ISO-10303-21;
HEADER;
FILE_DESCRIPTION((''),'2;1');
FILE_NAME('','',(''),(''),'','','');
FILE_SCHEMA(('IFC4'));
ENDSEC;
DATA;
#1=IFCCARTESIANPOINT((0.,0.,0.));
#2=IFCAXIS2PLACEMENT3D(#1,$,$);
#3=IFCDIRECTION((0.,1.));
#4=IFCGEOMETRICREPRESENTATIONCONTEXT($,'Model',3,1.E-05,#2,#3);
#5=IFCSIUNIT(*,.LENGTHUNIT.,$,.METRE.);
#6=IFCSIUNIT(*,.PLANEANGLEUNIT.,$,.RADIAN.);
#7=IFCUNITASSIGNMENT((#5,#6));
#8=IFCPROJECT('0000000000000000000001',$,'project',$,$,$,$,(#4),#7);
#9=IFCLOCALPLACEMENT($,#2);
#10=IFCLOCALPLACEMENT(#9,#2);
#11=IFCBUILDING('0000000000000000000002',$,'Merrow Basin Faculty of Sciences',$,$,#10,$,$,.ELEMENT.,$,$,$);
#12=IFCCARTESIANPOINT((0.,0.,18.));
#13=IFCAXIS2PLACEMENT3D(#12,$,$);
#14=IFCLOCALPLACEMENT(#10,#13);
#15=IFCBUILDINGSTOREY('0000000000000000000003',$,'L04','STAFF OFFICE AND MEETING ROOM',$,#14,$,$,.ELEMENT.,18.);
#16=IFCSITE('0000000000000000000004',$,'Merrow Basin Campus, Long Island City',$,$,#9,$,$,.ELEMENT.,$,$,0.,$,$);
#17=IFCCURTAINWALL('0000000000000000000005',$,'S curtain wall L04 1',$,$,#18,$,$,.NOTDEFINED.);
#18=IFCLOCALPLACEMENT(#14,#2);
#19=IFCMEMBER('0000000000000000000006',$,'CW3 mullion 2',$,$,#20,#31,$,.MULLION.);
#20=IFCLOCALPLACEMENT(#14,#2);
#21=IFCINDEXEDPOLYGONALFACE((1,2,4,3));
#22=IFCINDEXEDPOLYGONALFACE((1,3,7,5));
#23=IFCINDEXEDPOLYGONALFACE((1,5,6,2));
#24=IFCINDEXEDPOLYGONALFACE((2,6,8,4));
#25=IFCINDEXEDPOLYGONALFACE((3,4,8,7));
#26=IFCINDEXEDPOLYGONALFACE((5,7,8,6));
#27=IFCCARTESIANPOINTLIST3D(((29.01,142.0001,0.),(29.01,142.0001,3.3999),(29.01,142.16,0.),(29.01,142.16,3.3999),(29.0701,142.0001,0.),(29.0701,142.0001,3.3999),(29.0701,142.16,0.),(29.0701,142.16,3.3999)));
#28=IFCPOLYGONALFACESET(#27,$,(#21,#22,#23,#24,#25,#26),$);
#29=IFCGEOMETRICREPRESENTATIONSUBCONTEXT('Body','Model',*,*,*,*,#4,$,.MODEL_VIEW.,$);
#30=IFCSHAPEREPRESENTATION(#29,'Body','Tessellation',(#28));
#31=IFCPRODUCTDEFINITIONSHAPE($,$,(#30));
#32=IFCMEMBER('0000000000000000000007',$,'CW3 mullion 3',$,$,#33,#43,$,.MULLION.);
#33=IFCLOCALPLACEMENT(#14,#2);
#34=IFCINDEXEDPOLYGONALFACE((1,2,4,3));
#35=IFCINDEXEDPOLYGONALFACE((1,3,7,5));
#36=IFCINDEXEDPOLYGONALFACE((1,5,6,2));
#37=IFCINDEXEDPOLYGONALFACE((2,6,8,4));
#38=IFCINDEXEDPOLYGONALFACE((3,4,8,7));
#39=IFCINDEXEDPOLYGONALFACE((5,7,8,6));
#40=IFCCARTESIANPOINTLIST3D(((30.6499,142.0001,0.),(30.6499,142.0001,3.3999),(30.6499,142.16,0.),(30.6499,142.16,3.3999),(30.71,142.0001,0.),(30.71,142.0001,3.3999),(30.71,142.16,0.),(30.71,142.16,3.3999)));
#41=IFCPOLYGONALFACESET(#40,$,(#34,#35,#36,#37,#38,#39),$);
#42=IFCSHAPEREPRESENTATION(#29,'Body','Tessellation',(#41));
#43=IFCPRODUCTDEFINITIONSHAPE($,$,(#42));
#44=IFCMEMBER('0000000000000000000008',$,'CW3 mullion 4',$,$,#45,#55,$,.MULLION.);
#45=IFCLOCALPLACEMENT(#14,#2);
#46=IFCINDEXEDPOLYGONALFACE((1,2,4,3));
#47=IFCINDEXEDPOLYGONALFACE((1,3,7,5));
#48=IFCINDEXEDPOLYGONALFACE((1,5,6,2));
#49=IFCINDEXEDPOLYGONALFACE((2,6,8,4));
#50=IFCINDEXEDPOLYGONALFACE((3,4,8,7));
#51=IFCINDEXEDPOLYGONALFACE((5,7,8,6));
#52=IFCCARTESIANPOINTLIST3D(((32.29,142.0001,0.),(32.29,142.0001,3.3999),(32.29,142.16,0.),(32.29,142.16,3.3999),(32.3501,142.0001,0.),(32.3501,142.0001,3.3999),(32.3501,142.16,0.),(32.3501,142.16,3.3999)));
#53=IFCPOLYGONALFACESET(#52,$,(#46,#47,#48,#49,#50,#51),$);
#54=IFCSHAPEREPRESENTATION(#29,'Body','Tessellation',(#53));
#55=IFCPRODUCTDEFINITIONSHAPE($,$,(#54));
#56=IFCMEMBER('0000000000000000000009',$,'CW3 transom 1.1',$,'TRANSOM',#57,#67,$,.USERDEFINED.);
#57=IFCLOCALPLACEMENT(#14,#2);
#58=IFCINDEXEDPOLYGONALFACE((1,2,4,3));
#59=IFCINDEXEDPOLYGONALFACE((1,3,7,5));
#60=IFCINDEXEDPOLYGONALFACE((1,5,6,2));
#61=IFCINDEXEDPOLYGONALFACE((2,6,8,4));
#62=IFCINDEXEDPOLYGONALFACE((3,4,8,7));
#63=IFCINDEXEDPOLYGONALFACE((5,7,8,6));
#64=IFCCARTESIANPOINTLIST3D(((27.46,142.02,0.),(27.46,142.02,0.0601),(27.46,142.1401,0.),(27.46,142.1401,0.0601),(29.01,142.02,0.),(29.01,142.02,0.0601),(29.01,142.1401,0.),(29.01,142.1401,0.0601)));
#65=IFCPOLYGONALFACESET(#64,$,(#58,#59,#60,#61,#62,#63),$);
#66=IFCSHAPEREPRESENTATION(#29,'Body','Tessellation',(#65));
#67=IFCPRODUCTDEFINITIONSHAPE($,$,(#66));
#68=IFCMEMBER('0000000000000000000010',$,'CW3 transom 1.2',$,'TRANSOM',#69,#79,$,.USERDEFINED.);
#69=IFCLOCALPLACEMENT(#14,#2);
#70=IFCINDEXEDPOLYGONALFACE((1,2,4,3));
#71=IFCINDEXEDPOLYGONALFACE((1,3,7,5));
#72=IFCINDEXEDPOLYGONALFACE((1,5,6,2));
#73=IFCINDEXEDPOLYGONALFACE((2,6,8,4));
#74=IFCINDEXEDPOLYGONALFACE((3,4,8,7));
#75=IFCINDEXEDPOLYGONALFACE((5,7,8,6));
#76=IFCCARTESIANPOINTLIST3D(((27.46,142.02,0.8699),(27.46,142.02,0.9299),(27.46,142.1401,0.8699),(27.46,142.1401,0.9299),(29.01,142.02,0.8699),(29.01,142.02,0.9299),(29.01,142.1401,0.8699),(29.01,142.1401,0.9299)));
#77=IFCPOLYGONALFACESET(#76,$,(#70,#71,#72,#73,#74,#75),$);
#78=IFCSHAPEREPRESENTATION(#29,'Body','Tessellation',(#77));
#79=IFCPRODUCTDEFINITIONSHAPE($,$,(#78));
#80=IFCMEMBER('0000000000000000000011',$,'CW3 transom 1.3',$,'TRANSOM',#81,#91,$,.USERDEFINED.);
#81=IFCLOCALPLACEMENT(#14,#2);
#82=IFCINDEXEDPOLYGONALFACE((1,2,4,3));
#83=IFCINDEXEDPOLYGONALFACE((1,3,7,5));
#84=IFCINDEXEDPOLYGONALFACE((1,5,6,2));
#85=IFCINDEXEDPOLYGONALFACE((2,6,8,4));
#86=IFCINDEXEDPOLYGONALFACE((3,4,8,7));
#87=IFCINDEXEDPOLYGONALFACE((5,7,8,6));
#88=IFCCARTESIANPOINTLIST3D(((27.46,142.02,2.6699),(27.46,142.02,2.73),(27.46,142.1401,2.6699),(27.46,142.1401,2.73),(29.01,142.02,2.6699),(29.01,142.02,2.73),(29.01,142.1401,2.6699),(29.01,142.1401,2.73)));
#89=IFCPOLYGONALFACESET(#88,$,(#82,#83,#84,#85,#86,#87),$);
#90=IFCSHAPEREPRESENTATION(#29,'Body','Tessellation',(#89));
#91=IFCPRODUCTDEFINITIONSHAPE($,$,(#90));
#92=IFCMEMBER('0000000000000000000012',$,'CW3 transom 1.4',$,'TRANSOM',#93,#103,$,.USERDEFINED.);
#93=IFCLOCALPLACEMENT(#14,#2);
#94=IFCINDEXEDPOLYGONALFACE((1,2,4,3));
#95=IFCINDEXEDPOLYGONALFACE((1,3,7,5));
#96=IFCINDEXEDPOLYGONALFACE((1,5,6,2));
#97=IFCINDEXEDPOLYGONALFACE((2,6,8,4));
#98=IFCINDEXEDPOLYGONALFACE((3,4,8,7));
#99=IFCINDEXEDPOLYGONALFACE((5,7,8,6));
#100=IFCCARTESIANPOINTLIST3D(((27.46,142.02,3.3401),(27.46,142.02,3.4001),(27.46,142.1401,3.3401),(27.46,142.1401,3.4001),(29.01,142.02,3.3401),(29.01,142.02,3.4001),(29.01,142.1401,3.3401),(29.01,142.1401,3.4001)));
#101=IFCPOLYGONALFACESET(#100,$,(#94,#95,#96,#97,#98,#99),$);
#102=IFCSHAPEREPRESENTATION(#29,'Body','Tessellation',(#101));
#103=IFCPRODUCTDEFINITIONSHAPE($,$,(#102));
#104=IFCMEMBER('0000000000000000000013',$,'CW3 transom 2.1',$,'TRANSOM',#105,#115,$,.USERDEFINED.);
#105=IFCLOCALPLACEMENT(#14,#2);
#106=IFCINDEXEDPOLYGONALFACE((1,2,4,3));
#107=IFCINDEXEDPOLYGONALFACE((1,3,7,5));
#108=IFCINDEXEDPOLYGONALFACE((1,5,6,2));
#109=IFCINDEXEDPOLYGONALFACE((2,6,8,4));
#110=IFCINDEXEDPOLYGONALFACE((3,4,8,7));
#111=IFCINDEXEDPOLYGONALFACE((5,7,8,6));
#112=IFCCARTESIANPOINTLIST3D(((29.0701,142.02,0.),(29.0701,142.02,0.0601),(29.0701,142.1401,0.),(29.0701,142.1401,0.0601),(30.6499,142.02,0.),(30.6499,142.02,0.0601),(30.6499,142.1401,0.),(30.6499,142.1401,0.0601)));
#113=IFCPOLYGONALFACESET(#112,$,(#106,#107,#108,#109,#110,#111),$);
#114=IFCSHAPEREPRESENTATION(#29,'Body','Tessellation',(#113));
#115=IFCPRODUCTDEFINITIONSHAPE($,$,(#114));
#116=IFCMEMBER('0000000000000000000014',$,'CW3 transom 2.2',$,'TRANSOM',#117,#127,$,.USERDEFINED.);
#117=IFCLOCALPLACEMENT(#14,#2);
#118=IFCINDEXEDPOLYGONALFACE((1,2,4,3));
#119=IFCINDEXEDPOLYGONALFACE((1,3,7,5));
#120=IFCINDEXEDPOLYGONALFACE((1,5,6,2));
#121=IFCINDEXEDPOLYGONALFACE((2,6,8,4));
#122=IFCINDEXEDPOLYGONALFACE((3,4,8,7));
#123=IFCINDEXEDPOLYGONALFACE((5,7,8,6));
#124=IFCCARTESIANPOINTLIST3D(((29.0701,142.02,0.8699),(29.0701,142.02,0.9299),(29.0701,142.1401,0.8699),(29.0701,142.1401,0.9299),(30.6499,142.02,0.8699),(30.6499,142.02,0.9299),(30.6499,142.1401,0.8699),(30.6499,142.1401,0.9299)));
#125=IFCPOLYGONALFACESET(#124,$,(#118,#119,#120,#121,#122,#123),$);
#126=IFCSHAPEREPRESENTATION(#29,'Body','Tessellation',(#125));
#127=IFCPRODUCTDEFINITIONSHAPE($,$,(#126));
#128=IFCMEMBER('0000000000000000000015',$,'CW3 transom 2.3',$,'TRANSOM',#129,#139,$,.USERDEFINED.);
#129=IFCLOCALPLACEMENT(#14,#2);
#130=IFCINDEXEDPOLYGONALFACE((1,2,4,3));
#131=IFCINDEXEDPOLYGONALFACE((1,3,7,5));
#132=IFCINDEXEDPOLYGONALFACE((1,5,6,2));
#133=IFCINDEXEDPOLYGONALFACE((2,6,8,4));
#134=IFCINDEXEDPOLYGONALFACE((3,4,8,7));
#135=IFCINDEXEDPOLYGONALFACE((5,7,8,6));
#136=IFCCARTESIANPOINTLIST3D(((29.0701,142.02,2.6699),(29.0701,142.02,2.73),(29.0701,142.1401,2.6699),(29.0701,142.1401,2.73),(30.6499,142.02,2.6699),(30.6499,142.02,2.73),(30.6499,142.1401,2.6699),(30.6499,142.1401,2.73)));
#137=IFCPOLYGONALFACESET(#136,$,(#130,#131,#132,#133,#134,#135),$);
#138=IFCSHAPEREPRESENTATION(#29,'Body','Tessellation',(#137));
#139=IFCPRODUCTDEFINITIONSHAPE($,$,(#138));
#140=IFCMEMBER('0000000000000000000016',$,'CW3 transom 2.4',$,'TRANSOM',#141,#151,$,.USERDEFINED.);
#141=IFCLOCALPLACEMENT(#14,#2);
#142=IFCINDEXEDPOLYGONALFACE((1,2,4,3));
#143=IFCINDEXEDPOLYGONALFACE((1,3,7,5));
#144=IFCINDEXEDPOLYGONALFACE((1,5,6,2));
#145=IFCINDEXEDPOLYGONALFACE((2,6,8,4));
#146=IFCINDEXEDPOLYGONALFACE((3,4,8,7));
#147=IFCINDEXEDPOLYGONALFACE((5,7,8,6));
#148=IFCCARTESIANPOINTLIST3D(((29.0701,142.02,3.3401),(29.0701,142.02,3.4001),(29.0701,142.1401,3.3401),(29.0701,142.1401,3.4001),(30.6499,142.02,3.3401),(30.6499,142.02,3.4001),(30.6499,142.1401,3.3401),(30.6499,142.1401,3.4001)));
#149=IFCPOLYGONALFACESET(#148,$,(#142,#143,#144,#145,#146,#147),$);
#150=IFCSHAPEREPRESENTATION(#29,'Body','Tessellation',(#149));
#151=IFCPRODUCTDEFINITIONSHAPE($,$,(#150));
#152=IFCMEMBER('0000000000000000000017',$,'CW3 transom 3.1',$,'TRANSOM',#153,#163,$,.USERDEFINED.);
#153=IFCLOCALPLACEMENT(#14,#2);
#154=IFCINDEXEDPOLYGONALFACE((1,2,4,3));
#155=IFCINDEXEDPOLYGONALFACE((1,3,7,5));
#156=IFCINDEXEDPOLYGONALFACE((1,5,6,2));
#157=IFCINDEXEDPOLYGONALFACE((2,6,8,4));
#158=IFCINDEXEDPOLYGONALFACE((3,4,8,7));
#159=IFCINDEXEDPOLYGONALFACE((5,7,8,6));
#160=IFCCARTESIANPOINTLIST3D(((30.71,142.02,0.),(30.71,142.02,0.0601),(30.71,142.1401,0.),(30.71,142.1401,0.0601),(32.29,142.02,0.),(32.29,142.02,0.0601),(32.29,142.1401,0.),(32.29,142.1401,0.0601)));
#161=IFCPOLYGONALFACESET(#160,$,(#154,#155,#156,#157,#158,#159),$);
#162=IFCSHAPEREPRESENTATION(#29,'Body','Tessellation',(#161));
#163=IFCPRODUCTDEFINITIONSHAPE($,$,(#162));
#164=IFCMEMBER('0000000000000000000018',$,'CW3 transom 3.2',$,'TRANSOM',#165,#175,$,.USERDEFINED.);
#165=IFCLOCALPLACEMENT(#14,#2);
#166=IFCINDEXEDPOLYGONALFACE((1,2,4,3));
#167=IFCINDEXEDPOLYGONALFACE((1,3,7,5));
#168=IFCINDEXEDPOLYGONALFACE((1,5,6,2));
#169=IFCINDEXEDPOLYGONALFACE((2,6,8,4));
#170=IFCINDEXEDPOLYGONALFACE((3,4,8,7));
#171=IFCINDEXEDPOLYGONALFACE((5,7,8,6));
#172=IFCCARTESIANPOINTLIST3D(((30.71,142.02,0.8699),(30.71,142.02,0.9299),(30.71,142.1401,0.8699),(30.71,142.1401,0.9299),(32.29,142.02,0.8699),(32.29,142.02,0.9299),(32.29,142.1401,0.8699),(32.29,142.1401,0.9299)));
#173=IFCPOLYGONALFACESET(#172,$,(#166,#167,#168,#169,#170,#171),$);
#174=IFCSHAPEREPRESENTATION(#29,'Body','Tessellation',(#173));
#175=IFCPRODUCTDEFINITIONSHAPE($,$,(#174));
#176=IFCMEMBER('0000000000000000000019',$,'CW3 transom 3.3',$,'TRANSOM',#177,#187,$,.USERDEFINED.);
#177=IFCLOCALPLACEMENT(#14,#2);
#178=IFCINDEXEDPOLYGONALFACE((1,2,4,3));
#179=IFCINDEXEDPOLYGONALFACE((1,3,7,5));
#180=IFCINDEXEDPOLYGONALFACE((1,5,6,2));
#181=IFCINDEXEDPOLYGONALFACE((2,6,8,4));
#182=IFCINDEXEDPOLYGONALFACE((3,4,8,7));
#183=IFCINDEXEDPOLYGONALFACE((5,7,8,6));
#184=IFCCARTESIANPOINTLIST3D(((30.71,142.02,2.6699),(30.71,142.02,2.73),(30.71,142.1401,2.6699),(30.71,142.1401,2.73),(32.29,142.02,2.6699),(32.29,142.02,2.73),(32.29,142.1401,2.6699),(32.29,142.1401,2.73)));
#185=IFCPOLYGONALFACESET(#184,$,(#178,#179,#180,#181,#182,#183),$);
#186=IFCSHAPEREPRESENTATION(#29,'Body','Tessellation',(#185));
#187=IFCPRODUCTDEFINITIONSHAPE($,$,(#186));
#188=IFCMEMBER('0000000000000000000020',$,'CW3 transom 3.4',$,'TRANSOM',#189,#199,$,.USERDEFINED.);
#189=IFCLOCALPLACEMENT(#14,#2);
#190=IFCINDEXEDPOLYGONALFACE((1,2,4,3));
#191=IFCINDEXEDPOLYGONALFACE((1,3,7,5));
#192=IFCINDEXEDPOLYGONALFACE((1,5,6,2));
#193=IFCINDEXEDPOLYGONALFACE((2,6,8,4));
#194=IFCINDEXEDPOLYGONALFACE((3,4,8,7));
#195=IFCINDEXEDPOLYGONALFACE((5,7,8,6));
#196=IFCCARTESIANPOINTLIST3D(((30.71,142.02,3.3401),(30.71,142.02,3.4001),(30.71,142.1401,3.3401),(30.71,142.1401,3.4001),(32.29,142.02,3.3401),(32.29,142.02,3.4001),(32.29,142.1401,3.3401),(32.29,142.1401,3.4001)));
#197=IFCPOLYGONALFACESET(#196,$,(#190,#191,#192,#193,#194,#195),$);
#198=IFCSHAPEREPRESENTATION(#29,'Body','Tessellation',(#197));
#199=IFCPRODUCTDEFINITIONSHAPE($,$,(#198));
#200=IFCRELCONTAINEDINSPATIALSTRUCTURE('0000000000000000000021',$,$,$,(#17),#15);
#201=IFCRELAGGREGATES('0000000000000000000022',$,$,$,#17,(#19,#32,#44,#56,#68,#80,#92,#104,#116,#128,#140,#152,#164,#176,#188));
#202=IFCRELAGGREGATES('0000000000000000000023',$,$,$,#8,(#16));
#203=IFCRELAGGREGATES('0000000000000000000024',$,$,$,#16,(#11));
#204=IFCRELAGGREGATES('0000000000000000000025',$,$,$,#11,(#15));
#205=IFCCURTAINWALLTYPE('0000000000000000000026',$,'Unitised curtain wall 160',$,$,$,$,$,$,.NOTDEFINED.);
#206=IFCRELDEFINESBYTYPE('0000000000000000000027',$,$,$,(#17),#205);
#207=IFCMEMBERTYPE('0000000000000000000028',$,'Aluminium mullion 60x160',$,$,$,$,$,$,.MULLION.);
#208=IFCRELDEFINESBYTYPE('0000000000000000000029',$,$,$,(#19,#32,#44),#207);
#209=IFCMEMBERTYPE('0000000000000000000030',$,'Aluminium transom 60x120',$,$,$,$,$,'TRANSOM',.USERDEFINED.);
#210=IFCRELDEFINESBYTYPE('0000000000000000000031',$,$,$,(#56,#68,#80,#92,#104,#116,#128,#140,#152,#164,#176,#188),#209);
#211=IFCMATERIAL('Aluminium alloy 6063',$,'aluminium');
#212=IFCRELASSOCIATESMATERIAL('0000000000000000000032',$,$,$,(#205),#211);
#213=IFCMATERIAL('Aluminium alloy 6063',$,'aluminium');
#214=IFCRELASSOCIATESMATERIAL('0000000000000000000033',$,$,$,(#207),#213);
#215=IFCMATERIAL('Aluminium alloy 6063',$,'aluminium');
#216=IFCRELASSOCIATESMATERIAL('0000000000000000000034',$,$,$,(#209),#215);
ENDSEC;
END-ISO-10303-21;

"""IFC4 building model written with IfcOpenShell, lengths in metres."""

from ifc_helpers import new_model, si_unit, direction, frame, origin, origin_2d, place, context, subcontext, project, spatial, rectangle, extrude, material, material_profile, profile_set, type_object, element, aggregate, save


model = new_model("IFC4")

# Units and contexts
model_context = context("Model", 3, precision=1e-05, world=origin(), true_north=direction((0.0, 1.0)))
body_context = subcontext(model_context, "Body", "Model", "MODEL_VIEW")
ifc_project = project(units=[si_unit("LENGTHUNIT", "METRE"), si_unit("PLANEANGLEUNIT", "RADIAN")], contexts=[model_context])

# Site, building, storey
site_placement = place(None, origin())
site = spatial("IfcSite", under=ifc_project, at=site_placement, Name="Merrow Basin Campus, Long Island City", CompositionType="ELEMENT", RefElevation=0.0)
building_placement = place(site_placement, origin())
building = spatial("IfcBuilding", under=site, at=building_placement, Name="Merrow Basin Faculty of Sciences", CompositionType="ELEMENT")
storey_placement = place(building_placement, frame((0.0, 0.0, 18.0)))
storey = spatial("IfcBuildingStorey", under=building, at=storey_placement, Name="L04", Description="STAFF OFFICE AND MEETING ROOM", CompositionType="ELEMENT", Elevation=18.0)

# Curtain wall, members
ifc_material_1 = material(Name="Aluminium alloy 6063", Category="aluminium")
curtain_wall_type = type_object("IfcCurtainWallType", Name="Unitised curtain wall 160", PredefinedType="NOTDEFINED", material=ifc_material_1)
curtain_wall_placement = place(storey_placement, origin())
curtain_wall = element("IfcCurtainWall", 1, at=curtain_wall_placement, inside=storey, type_object=curtain_wall_type, Name="S curtain wall L04 1", PredefinedType="NOTDEFINED")
ifc_material_2 = material(Name="Aluminium alloy 6063", Category="aluminium")
ifc_material_profile_1 = material_profile(ifc_material_2, rectangle(XDim=0.1599, YDim=0.0601, at=origin_2d()))
ifc_profile_set_1 = profile_set([ifc_material_profile_1], Name="Aluminium alloy 6063")
member_type_1 = type_object("IfcMemberType", Name="Aluminium mullion 60x160", PredefinedType="MULLION", material=ifc_profile_set_1)
member_1_placement = place(storey_placement, frame((29.04, 142.0801, 0.0), z_axis=(0.0, 0.0, 1.0), x_axis=(0.0, 1.0, 0.0)))
member_1 = element("IfcMember", 2, at=member_1_placement, type_object=member_type_1, Name="CW3 mullion 2", PredefinedType="MULLION", context=body_context, shape_type="SweptSolid", body=[
    extrude(rectangle(XDim=0.1599, YDim=0.0601, at=origin_2d()), origin(), (0.0, 0.0, 1.0), 3.3999),
])
member_2_placement = place(storey_placement, frame((30.6799, 142.0801, 0.0), z_axis=(0.0, 0.0, 1.0), x_axis=(0.0, 1.0, 0.0)))
member_2 = element("IfcMember", 3, at=member_2_placement, type_object=member_type_1, Name="CW3 mullion 3", PredefinedType="MULLION", context=body_context, shape_type="SweptSolid", body=[
    extrude(rectangle(XDim=0.1599, YDim=0.0601, at=origin_2d()), origin(), (0.0, 0.0, 1.0), 3.3999),
])
member_3_placement = place(storey_placement, frame((32.3201, 142.0801, 0.0), z_axis=(0.0, 0.0, 1.0), x_axis=(0.0, 1.0, 0.0)))
member_3 = element("IfcMember", 4, at=member_3_placement, type_object=member_type_1, Name="CW3 mullion 4", PredefinedType="MULLION", context=body_context, shape_type="SweptSolid", body=[
    extrude(rectangle(XDim=0.1599, YDim=0.0601, at=origin_2d()), origin(), (0.0, 0.0, 1.0), 3.3999),
])
ifc_material_3 = material(Name="Aluminium alloy 6063", Category="aluminium")
ifc_material_profile_2 = material_profile(ifc_material_3, rectangle(XDim=0.1201, YDim=0.0601, at=origin_2d()))
ifc_profile_set_2 = profile_set([ifc_material_profile_2], Name="Aluminium alloy 6063")
member_type_2 = type_object("IfcMemberType", Name="Aluminium transom 60x120", ElementType="TRANSOM", PredefinedType="USERDEFINED", material=ifc_profile_set_2)
member_4_placement = place(storey_placement, frame((27.46, 142.0801, 0.03), z_axis=(1.0, 0.0, 0.0), x_axis=(0.0, 1.0, 0.0)))
member_4 = element("IfcMember", 5, at=member_4_placement, type_object=member_type_2, Name="CW3 transom 1.1", ObjectType="TRANSOM", PredefinedType="USERDEFINED", context=body_context, shape_type="SweptSolid", body=[
    extrude(rectangle(XDim=0.1201, YDim=0.0601, at=origin_2d()), origin(), (0.0, 0.0, 1.0), 1.55),
])
member_5_placement = place(storey_placement, frame((27.46, 142.0801, 0.8999), z_axis=(1.0, 0.0, 0.0), x_axis=(0.0, 1.0, 0.0)))
member_5 = element("IfcMember", 6, at=member_5_placement, type_object=member_type_2, Name="CW3 transom 1.2", ObjectType="TRANSOM", PredefinedType="USERDEFINED", context=body_context, shape_type="SweptSolid", body=[
    extrude(rectangle(XDim=0.1201, YDim=0.0601, at=origin_2d()), origin(), (0.0, 0.0, 1.0), 1.55),
])
member_6_placement = place(storey_placement, frame((27.46, 142.0801, 2.7), z_axis=(1.0, 0.0, 0.0), x_axis=(0.0, 1.0, 0.0)))
member_6 = element("IfcMember", 7, at=member_6_placement, type_object=member_type_2, Name="CW3 transom 1.3", ObjectType="TRANSOM", PredefinedType="USERDEFINED", context=body_context, shape_type="SweptSolid", body=[
    extrude(rectangle(XDim=0.1201, YDim=0.0601, at=origin_2d()), origin(), (0.0, 0.0, 1.0), 1.55),
])
member_7_placement = place(storey_placement, frame((27.46, 142.0801, 3.3701), z_axis=(1.0, 0.0, 0.0), x_axis=(0.0, 1.0, 0.0)))
member_7 = element("IfcMember", 8, at=member_7_placement, type_object=member_type_2, Name="CW3 transom 1.4", ObjectType="TRANSOM", PredefinedType="USERDEFINED", context=body_context, shape_type="SweptSolid", body=[
    extrude(rectangle(XDim=0.1201, YDim=0.0601, at=origin_2d()), origin(), (0.0, 0.0, 1.0), 1.55),
])
member_8_placement = place(storey_placement, frame((29.0701, 142.0801, 0.03), z_axis=(1.0, 0.0, 0.0), x_axis=(0.0, 1.0, 0.0)))
member_8 = element("IfcMember", 9, at=member_8_placement, type_object=member_type_2, Name="CW3 transom 2.1", ObjectType="TRANSOM", PredefinedType="USERDEFINED", context=body_context, shape_type="SweptSolid", body=[
    extrude(rectangle(XDim=0.1201, YDim=0.0601, at=origin_2d()), origin(), (0.0, 0.0, 1.0), 1.5798),
])
member_9_placement = place(storey_placement, frame((29.0701, 142.0801, 0.8999), z_axis=(1.0, 0.0, 0.0), x_axis=(0.0, 1.0, 0.0)))
member_9 = element("IfcMember", 10, at=member_9_placement, type_object=member_type_2, Name="CW3 transom 2.2", ObjectType="TRANSOM", PredefinedType="USERDEFINED", context=body_context, shape_type="SweptSolid", body=[
    extrude(rectangle(XDim=0.1201, YDim=0.0601, at=origin_2d()), origin(), (0.0, 0.0, 1.0), 1.5798),
])
member_10_placement = place(storey_placement, frame((29.0701, 142.0801, 2.7), z_axis=(1.0, 0.0, 0.0), x_axis=(0.0, 1.0, 0.0)))
member_10 = element("IfcMember", 11, at=member_10_placement, type_object=member_type_2, Name="CW3 transom 2.3", ObjectType="TRANSOM", PredefinedType="USERDEFINED", context=body_context, shape_type="SweptSolid", body=[
    extrude(rectangle(XDim=0.1201, YDim=0.0601, at=origin_2d()), origin(), (0.0, 0.0, 1.0), 1.5798),
])
member_11_placement = place(storey_placement, frame((29.0701, 142.0801, 3.3701), z_axis=(1.0, 0.0, 0.0), x_axis=(0.0, 1.0, 0.0)))
member_11 = element("IfcMember", 12, at=member_11_placement, type_object=member_type_2, Name="CW3 transom 2.4", ObjectType="TRANSOM", PredefinedType="USERDEFINED", context=body_context, shape_type="SweptSolid", body=[
    extrude(rectangle(XDim=0.1201, YDim=0.0601, at=origin_2d()), origin(), (0.0, 0.0, 1.0), 1.5798),
])
member_12_placement = place(storey_placement, frame((30.71, 142.0801, 0.03), z_axis=(1.0, 0.0, 0.0), x_axis=(0.0, 1.0, 0.0)))
member_12 = element("IfcMember", 13, at=member_12_placement, type_object=member_type_2, Name="CW3 transom 3.1", ObjectType="TRANSOM", PredefinedType="USERDEFINED", context=body_context, shape_type="SweptSolid", body=[
    extrude(rectangle(XDim=0.1201, YDim=0.0601, at=origin_2d()), origin(), (0.0, 0.0, 1.0), 1.5801),
])
member_13_placement = place(storey_placement, frame((30.71, 142.0801, 0.8999), z_axis=(1.0, 0.0, 0.0), x_axis=(0.0, 1.0, 0.0)))
member_13 = element("IfcMember", 14, at=member_13_placement, type_object=member_type_2, Name="CW3 transom 3.2", ObjectType="TRANSOM", PredefinedType="USERDEFINED", context=body_context, shape_type="SweptSolid", body=[
    extrude(rectangle(XDim=0.1201, YDim=0.0601, at=origin_2d()), origin(), (0.0, 0.0, 1.0), 1.5801),
])
member_14_placement = place(storey_placement, frame((30.71, 142.0801, 2.7), z_axis=(1.0, 0.0, 0.0), x_axis=(0.0, 1.0, 0.0)))
member_14 = element("IfcMember", 15, at=member_14_placement, type_object=member_type_2, Name="CW3 transom 3.3", ObjectType="TRANSOM", PredefinedType="USERDEFINED", context=body_context, shape_type="SweptSolid", body=[
    extrude(rectangle(XDim=0.1201, YDim=0.0601, at=origin_2d()), origin(), (0.0, 0.0, 1.0), 1.5801),
])
member_15_placement = place(storey_placement, frame((30.71, 142.0801, 3.3701), z_axis=(1.0, 0.0, 0.0), x_axis=(0.0, 1.0, 0.0)))
member_15 = element("IfcMember", 16, at=member_15_placement, type_object=member_type_2, Name="CW3 transom 3.4", ObjectType="TRANSOM", PredefinedType="USERDEFINED", context=body_context, shape_type="SweptSolid", body=[
    extrude(rectangle(XDim=0.1201, YDim=0.0601, at=origin_2d()), origin(), (0.0, 0.0, 1.0), 1.5801),
])
aggregate(curtain_wall, [member_1, member_2, member_3, member_4, member_5, member_6, member_7, member_8, member_9, member_10, member_11, member_12, member_13, member_14, member_15])

save(model, "model.ifc")
